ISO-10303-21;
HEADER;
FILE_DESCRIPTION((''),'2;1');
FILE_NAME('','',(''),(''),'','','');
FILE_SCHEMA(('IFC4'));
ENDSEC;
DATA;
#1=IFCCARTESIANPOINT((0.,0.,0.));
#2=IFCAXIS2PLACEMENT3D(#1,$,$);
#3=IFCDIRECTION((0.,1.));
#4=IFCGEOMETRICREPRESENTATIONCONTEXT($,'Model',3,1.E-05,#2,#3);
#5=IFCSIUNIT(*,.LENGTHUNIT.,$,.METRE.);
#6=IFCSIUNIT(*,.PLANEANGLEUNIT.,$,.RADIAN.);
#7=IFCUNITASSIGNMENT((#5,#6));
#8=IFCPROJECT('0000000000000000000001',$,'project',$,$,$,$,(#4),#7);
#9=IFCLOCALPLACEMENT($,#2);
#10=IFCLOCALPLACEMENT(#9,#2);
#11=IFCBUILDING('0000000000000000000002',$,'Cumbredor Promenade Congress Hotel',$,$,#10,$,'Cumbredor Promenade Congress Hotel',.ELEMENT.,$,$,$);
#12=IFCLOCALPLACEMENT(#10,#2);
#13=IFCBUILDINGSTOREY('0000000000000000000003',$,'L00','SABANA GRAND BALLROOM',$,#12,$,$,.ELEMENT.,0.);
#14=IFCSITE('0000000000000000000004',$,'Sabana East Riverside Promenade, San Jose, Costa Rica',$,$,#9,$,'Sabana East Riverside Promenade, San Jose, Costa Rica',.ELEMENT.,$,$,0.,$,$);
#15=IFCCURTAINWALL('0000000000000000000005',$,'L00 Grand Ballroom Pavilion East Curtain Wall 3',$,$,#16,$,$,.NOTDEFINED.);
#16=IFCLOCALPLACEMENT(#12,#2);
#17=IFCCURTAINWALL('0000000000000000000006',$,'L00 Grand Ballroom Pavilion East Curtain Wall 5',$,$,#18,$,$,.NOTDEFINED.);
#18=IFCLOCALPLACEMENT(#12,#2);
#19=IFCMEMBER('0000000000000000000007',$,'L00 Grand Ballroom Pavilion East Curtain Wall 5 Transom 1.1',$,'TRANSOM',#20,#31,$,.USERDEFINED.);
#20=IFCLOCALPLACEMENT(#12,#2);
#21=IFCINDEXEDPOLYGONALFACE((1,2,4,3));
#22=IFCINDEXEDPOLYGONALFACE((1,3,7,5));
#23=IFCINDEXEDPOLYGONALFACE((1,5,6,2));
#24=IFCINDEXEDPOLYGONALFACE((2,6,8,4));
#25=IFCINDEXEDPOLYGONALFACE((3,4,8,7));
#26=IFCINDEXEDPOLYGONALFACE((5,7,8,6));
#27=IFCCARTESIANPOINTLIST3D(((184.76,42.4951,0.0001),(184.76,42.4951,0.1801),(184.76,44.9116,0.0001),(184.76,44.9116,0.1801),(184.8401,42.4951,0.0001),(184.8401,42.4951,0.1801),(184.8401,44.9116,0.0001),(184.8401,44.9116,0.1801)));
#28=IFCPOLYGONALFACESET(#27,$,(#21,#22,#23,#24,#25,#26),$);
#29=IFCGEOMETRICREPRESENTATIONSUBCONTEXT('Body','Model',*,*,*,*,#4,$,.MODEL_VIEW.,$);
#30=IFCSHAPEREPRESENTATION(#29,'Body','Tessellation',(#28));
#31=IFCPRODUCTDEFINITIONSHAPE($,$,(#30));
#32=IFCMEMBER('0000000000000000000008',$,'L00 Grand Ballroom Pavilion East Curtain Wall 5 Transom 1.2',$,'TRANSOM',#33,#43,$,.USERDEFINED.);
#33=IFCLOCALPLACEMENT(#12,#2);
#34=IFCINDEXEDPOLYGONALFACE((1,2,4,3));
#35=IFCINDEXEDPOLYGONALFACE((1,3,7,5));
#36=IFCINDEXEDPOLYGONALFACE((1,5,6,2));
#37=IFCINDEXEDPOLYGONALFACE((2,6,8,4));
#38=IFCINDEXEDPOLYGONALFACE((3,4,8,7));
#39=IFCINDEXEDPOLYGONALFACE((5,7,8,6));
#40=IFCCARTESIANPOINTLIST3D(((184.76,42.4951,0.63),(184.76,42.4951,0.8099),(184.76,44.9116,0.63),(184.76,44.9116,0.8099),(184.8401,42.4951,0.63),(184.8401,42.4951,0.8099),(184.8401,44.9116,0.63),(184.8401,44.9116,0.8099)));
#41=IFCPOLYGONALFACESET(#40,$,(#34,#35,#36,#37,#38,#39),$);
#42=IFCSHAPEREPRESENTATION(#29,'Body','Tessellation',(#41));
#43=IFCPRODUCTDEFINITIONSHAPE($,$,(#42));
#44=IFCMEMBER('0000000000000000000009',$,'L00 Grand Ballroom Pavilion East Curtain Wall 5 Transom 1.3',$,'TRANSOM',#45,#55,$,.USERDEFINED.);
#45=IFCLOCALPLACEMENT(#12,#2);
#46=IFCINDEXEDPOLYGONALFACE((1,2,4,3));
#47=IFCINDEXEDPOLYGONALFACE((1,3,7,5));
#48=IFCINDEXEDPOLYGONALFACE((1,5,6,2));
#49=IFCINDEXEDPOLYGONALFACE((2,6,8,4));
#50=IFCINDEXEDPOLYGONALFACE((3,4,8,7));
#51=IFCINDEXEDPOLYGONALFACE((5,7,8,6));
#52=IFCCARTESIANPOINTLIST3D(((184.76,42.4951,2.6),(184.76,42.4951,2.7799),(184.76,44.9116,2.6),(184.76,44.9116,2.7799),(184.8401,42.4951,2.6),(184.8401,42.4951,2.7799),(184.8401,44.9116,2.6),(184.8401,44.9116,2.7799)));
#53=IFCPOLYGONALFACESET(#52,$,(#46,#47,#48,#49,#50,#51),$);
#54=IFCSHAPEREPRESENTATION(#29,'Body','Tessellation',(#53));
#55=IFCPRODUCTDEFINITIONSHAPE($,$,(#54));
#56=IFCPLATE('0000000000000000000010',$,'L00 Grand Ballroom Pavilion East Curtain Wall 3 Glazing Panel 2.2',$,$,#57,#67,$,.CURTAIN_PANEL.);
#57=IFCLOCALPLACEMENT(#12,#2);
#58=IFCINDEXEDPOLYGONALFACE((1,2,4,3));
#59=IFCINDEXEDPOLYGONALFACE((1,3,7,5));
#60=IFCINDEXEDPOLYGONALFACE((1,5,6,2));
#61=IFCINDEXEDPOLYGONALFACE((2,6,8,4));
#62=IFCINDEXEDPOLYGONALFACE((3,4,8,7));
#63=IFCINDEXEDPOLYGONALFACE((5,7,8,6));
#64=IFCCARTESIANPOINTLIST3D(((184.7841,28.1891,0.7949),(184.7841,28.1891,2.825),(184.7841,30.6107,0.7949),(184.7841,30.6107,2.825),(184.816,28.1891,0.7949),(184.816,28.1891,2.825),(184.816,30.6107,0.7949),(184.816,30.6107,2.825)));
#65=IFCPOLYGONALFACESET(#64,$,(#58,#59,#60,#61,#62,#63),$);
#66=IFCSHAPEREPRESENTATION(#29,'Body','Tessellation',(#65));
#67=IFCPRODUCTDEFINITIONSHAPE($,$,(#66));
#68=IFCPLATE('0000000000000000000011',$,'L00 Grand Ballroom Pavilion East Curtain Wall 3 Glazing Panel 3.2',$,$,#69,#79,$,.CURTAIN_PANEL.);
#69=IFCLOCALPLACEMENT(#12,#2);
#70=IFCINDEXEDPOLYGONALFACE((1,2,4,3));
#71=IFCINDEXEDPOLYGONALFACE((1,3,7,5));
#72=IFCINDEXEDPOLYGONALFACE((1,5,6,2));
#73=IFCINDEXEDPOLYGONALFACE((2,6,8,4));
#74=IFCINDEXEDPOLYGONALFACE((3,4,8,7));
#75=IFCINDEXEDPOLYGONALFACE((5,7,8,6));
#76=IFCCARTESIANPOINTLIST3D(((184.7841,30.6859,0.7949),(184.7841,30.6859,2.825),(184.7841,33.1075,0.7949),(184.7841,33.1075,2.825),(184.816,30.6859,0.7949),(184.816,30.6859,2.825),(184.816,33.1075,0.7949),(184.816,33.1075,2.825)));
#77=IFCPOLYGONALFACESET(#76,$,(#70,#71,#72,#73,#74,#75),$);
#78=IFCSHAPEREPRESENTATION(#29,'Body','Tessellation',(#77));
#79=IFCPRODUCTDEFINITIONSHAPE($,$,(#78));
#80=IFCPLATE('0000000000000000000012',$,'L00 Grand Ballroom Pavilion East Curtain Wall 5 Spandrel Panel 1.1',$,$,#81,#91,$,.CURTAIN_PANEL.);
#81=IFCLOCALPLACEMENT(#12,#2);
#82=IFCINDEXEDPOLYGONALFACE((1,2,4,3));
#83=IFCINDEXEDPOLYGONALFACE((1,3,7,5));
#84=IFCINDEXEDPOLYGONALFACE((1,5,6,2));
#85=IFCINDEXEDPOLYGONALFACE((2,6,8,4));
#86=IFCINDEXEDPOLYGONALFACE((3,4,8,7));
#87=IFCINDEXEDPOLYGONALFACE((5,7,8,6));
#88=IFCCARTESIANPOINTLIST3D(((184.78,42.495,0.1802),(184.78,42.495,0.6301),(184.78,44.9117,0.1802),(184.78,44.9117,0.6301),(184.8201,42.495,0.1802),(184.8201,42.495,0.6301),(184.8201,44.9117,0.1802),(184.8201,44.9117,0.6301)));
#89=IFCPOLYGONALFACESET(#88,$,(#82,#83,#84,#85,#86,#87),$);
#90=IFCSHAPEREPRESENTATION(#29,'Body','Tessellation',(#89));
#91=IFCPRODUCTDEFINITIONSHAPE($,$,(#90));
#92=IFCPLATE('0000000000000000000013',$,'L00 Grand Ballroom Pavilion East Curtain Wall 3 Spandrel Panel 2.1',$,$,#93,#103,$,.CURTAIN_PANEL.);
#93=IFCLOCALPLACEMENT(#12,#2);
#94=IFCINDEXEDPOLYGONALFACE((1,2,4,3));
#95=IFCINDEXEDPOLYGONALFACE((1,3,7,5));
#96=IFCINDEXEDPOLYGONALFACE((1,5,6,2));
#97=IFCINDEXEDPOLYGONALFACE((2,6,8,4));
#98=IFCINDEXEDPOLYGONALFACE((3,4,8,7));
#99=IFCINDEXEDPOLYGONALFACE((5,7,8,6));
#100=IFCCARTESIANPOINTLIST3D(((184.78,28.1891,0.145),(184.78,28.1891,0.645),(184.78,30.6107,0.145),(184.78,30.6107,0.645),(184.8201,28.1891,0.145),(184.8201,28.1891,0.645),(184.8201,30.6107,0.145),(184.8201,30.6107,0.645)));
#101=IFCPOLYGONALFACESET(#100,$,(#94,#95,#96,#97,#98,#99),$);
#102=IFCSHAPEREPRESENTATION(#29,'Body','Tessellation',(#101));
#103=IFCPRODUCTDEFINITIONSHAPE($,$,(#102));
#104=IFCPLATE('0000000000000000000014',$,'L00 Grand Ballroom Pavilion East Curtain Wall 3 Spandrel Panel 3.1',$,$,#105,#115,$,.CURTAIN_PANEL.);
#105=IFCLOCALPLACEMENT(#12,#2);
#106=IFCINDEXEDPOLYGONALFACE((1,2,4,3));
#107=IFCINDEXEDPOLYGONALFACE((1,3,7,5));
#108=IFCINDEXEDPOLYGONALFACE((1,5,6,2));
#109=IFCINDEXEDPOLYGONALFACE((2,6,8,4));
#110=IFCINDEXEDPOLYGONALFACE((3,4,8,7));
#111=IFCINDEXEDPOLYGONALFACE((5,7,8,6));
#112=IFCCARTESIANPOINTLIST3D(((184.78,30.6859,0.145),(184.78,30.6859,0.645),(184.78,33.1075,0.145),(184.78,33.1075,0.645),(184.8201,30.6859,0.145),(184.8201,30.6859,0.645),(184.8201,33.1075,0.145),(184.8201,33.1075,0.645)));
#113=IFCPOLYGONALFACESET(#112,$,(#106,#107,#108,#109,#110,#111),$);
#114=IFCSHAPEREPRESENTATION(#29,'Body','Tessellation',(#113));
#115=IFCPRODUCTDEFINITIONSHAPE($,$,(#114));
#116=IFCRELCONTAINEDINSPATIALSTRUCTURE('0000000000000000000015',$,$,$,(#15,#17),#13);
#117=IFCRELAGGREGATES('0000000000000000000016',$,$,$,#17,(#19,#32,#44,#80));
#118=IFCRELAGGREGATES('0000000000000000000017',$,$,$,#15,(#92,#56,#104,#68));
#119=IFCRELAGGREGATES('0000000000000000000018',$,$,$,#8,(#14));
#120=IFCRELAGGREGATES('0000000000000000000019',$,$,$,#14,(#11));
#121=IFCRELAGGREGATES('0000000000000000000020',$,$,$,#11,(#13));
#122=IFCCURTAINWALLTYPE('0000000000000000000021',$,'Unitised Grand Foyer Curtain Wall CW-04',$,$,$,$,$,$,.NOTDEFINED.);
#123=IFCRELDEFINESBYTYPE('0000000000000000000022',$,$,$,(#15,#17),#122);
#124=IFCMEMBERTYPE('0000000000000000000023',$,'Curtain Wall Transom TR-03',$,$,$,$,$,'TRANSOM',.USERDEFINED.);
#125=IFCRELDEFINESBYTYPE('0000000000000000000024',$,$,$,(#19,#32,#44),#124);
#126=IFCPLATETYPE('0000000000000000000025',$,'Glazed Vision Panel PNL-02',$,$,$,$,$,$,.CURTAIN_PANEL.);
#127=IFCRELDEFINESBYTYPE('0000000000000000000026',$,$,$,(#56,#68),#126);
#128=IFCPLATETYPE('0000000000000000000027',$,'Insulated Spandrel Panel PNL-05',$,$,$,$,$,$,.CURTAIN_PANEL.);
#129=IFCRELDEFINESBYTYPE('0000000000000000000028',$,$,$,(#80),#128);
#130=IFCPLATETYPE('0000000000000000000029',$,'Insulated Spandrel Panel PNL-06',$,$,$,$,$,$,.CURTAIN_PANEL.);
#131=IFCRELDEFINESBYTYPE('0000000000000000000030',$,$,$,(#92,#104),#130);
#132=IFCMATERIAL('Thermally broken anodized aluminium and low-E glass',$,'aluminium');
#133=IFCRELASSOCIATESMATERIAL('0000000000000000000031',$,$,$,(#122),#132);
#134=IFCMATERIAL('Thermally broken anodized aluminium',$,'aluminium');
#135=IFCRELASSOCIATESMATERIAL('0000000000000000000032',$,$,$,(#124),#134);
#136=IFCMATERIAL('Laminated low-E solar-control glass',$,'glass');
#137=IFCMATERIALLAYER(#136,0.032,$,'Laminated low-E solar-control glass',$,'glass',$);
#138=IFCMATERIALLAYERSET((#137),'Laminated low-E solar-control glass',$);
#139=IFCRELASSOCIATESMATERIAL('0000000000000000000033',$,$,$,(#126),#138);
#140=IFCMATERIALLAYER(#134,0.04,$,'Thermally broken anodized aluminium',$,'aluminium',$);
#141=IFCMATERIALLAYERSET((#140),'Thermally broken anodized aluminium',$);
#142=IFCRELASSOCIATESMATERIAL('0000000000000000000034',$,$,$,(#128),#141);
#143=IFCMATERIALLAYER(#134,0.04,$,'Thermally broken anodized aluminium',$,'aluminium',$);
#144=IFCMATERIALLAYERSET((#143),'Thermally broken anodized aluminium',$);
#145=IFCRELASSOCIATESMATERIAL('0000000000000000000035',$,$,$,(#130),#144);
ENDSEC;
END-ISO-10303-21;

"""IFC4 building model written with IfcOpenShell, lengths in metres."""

from ifc_helpers import new_model, si_unit, direction, frame, origin, origin_2d, place, context, subcontext, project, spatial, rectangle, extrude, material, layer, layer_set, material_profile, profile_set, type_object, element, aggregate, save


model = new_model("IFC4")

# Units and contexts
model_context = context("Model", 3, precision=1e-05, world=origin(), true_north=direction((0.0, 1.0)))
body_context = subcontext(model_context, "Body", "Model", "MODEL_VIEW")
ifc_project = project(units=[si_unit("LENGTHUNIT", "METRE"), si_unit("PLANEANGLEUNIT", "RADIAN")], contexts=[model_context])

# Site, building, storey
site_placement = place(None, origin())
site = spatial("IfcSite", under=ifc_project, at=site_placement, Name="Sabana East Riverside Promenade, San Jose, Costa Rica", LongName="Sabana East Riverside Promenade, San Jose, Costa Rica", CompositionType="ELEMENT", RefElevation=0.0)
building_placement = place(site_placement, origin())
building = spatial("IfcBuilding", under=site, at=building_placement, Name="Cumbredor Promenade Congress Hotel", LongName="Cumbredor Promenade Congress Hotel", CompositionType="ELEMENT")
storey_placement = place(building_placement, origin())
storey = spatial("IfcBuildingStorey", under=building, at=storey_placement, Name="L00", Description="SABANA GRAND BALLROOM", CompositionType="ELEMENT", Elevation=0.0)

# Curtain wall
ifc_material_1 = material(Name="Thermally broken anodized aluminium and low-E glass", Category="aluminium")
curtain_wall_type = type_object("IfcCurtainWallType", Name="Unitised Grand Foyer Curtain Wall CW-04", PredefinedType="NOTDEFINED", material=ifc_material_1)
curtain_wall_1_placement = place(storey_placement, origin())
curtain_wall_1 = element("IfcCurtainWall", 1, at=curtain_wall_1_placement, inside=storey, type_object=curtain_wall_type, Name="L00 Grand Ballroom Pavilion East Curtain Wall 3", PredefinedType="NOTDEFINED")
ifc_material_2 = material(Name="Thermally broken anodized aluminium", Category="aluminium")

# Curtain wall
curtain_wall_2_placement = place(storey_placement, origin())
curtain_wall_2 = element("IfcCurtainWall", 2, at=curtain_wall_2_placement, inside=storey, type_object=curtain_wall_type, Name="L00 Grand Ballroom Pavilion East Curtain Wall 5", PredefinedType="NOTDEFINED")

# Members
ifc_material_profile_1 = material_profile(ifc_material_2, rectangle(XDim=0.0801, YDim=0.1799, at=origin_2d()), Name="ALU TRANSOM 80x180")
ifc_profile_set_1 = profile_set([ifc_material_profile_1], Name="Thermally broken anodized aluminium")
member_type_1 = type_object("IfcMemberType", Name="Curtain Wall Transom TR-03", ElementType="TRANSOM", PredefinedType="USERDEFINED", material=ifc_profile_set_1)
member_1_placement = place(storey_placement, frame((184.8, 42.4951, 0.0901), z_axis=(0.0, 1.0, 0.0), x_axis=(-1.0, 0.0, 0.0)))
member_1 = element("IfcMember", 3, at=member_1_placement, type_object=member_type_1, Name="L00 Grand Ballroom Pavilion East Curtain Wall 5 Transom 1.1", ObjectType="TRANSOM", PredefinedType="USERDEFINED", context=body_context, shape_type="SweptSolid", body=[
    extrude(rectangle(XDim=0.0801, YDim=0.1799, at=origin_2d()), origin(), (0.0, 0.0, 1.0), 2.4165),
])
member_2_placement = place(storey_placement, frame((184.8, 42.4951, 0.72), z_axis=(0.0, 1.0, 0.0), x_axis=(-1.0, 0.0, 0.0)))
member_2 = element("IfcMember", 4, at=member_2_placement, type_object=member_type_1, Name="L00 Grand Ballroom Pavilion East Curtain Wall 5 Transom 1.2", ObjectType="TRANSOM", PredefinedType="USERDEFINED", context=body_context, shape_type="SweptSolid", body=[
    extrude(rectangle(XDim=0.0801, YDim=0.1799, at=origin_2d()), origin(), (0.0, 0.0, 1.0), 2.4165),
])
member_3_placement = place(storey_placement, frame((184.8, 42.4951, 2.6899), z_axis=(0.0, 1.0, 0.0), x_axis=(-1.0, 0.0, 0.0)))
member_3 = element("IfcMember", 5, at=member_3_placement, type_object=member_type_1, Name="L00 Grand Ballroom Pavilion East Curtain Wall 5 Transom 1.3", ObjectType="TRANSOM", PredefinedType="USERDEFINED", context=body_context, shape_type="SweptSolid", body=[
    extrude(rectangle(XDim=0.0801, YDim=0.1799, at=origin_2d()), origin(), (0.0, 0.0, 1.0), 2.4165),
])

# Plates
ifc_material_3 = material(Name="Laminated low-E solar-control glass", Category="glass")
ifc_layer_1 = layer(ifc_material_3, 0.032, Name="Laminated low-E solar-control glass", Category="glass")
ifc_layer_set_1 = layer_set([ifc_layer_1], Name="Laminated low-E solar-control glass")
plate_type_1 = type_object("IfcPlateType", Name="Glazed Vision Panel PNL-02", PredefinedType="CURTAIN_PANEL", material=ifc_layer_set_1)
plate_1_placement = place(storey_placement, frame((184.8, 29.3999, 0.7949), z_axis=(0.0, 0.0, 1.0), x_axis=(0.0, 1.0, 0.0)))
plate_1 = element("IfcPlate", 6, at=plate_1_placement, type_object=plate_type_1, Name="L00 Grand Ballroom Pavilion East Curtain Wall 3 Glazing Panel 2.2", PredefinedType="CURTAIN_PANEL", context=body_context, shape_type="SweptSolid", body=[
    extrude(rectangle(XDim=2.4216, YDim=0.032, at=origin_2d()), origin(), (0.0, 0.0, 1.0), 2.03),
])
plate_2_placement = place(storey_placement, frame((184.8, 31.8967, 0.7949), z_axis=(0.0, 0.0, 1.0), x_axis=(0.0, 1.0, 0.0)))
plate_2 = element("IfcPlate", 7, at=plate_2_placement, type_object=plate_type_1, Name="L00 Grand Ballroom Pavilion East Curtain Wall 3 Glazing Panel 3.2", PredefinedType="CURTAIN_PANEL", context=body_context, shape_type="SweptSolid", body=[
    extrude(rectangle(XDim=2.4216, YDim=0.032, at=origin_2d()), origin(), (0.0, 0.0, 1.0), 2.03),
])
ifc_layer_2 = layer(ifc_material_2, 0.04, Name="Thermally broken anodized aluminium", Category="aluminium")
ifc_layer_set_2 = layer_set([ifc_layer_2], Name="Thermally broken anodized aluminium")
plate_type_2 = type_object("IfcPlateType", Name="Insulated Spandrel Panel PNL-05", PredefinedType="CURTAIN_PANEL", material=ifc_layer_set_2)
plate_3_placement = place(storey_placement, frame((184.8, 43.7034, 0.1802), z_axis=(0.0, 0.0, 1.0), x_axis=(0.0, 1.0, 0.0)))
plate_3 = element("IfcPlate", 8, at=plate_3_placement, type_object=plate_type_2, Name="L00 Grand Ballroom Pavilion East Curtain Wall 5 Spandrel Panel 1.1", PredefinedType="CURTAIN_PANEL", context=body_context, shape_type="SweptSolid", body=[
    extrude(rectangle(XDim=2.4167, YDim=0.04, at=origin_2d()), origin(), (0.0, 0.0, 1.0), 0.45),
])
aggregate(curtain_wall_2, [member_1, member_2, member_3, plate_3])
ifc_layer_3 = layer(ifc_material_2, 0.04, Name="Thermally broken anodized aluminium", Category="aluminium")
ifc_layer_set_3 = layer_set([ifc_layer_3], Name="Thermally broken anodized aluminium")
plate_type_3 = type_object("IfcPlateType", Name="Insulated Spandrel Panel PNL-06", PredefinedType="CURTAIN_PANEL", material=ifc_layer_set_3)
plate_4_placement = place(storey_placement, frame((184.8, 29.3999, 0.145), z_axis=(0.0, 0.0, 1.0), x_axis=(0.0, 1.0, 0.0)))
plate_4 = element("IfcPlate", 9, at=plate_4_placement, type_object=plate_type_3, Name="L00 Grand Ballroom Pavilion East Curtain Wall 3 Spandrel Panel 2.1", PredefinedType="CURTAIN_PANEL", context=body_context, shape_type="SweptSolid", body=[
    extrude(rectangle(XDim=2.4216, YDim=0.04, at=origin_2d()), origin(), (0.0, 0.0, 1.0), 0.5),
])
plate_5_placement = place(storey_placement, frame((184.8, 31.8967, 0.145), z_axis=(0.0, 0.0, 1.0), x_axis=(0.0, 1.0, 0.0)))
plate_5 = element("IfcPlate", 10, at=plate_5_placement, type_object=plate_type_3, Name="L00 Grand Ballroom Pavilion East Curtain Wall 3 Spandrel Panel 3.1", PredefinedType="CURTAIN_PANEL", context=body_context, shape_type="SweptSolid", body=[
    extrude(rectangle(XDim=2.4216, YDim=0.04, at=origin_2d()), origin(), (0.0, 0.0, 1.0), 0.5),
])
aggregate(curtain_wall_1, [plate_4, plate_1, plate_5, plate_2])

save(model, "model.ifc")
